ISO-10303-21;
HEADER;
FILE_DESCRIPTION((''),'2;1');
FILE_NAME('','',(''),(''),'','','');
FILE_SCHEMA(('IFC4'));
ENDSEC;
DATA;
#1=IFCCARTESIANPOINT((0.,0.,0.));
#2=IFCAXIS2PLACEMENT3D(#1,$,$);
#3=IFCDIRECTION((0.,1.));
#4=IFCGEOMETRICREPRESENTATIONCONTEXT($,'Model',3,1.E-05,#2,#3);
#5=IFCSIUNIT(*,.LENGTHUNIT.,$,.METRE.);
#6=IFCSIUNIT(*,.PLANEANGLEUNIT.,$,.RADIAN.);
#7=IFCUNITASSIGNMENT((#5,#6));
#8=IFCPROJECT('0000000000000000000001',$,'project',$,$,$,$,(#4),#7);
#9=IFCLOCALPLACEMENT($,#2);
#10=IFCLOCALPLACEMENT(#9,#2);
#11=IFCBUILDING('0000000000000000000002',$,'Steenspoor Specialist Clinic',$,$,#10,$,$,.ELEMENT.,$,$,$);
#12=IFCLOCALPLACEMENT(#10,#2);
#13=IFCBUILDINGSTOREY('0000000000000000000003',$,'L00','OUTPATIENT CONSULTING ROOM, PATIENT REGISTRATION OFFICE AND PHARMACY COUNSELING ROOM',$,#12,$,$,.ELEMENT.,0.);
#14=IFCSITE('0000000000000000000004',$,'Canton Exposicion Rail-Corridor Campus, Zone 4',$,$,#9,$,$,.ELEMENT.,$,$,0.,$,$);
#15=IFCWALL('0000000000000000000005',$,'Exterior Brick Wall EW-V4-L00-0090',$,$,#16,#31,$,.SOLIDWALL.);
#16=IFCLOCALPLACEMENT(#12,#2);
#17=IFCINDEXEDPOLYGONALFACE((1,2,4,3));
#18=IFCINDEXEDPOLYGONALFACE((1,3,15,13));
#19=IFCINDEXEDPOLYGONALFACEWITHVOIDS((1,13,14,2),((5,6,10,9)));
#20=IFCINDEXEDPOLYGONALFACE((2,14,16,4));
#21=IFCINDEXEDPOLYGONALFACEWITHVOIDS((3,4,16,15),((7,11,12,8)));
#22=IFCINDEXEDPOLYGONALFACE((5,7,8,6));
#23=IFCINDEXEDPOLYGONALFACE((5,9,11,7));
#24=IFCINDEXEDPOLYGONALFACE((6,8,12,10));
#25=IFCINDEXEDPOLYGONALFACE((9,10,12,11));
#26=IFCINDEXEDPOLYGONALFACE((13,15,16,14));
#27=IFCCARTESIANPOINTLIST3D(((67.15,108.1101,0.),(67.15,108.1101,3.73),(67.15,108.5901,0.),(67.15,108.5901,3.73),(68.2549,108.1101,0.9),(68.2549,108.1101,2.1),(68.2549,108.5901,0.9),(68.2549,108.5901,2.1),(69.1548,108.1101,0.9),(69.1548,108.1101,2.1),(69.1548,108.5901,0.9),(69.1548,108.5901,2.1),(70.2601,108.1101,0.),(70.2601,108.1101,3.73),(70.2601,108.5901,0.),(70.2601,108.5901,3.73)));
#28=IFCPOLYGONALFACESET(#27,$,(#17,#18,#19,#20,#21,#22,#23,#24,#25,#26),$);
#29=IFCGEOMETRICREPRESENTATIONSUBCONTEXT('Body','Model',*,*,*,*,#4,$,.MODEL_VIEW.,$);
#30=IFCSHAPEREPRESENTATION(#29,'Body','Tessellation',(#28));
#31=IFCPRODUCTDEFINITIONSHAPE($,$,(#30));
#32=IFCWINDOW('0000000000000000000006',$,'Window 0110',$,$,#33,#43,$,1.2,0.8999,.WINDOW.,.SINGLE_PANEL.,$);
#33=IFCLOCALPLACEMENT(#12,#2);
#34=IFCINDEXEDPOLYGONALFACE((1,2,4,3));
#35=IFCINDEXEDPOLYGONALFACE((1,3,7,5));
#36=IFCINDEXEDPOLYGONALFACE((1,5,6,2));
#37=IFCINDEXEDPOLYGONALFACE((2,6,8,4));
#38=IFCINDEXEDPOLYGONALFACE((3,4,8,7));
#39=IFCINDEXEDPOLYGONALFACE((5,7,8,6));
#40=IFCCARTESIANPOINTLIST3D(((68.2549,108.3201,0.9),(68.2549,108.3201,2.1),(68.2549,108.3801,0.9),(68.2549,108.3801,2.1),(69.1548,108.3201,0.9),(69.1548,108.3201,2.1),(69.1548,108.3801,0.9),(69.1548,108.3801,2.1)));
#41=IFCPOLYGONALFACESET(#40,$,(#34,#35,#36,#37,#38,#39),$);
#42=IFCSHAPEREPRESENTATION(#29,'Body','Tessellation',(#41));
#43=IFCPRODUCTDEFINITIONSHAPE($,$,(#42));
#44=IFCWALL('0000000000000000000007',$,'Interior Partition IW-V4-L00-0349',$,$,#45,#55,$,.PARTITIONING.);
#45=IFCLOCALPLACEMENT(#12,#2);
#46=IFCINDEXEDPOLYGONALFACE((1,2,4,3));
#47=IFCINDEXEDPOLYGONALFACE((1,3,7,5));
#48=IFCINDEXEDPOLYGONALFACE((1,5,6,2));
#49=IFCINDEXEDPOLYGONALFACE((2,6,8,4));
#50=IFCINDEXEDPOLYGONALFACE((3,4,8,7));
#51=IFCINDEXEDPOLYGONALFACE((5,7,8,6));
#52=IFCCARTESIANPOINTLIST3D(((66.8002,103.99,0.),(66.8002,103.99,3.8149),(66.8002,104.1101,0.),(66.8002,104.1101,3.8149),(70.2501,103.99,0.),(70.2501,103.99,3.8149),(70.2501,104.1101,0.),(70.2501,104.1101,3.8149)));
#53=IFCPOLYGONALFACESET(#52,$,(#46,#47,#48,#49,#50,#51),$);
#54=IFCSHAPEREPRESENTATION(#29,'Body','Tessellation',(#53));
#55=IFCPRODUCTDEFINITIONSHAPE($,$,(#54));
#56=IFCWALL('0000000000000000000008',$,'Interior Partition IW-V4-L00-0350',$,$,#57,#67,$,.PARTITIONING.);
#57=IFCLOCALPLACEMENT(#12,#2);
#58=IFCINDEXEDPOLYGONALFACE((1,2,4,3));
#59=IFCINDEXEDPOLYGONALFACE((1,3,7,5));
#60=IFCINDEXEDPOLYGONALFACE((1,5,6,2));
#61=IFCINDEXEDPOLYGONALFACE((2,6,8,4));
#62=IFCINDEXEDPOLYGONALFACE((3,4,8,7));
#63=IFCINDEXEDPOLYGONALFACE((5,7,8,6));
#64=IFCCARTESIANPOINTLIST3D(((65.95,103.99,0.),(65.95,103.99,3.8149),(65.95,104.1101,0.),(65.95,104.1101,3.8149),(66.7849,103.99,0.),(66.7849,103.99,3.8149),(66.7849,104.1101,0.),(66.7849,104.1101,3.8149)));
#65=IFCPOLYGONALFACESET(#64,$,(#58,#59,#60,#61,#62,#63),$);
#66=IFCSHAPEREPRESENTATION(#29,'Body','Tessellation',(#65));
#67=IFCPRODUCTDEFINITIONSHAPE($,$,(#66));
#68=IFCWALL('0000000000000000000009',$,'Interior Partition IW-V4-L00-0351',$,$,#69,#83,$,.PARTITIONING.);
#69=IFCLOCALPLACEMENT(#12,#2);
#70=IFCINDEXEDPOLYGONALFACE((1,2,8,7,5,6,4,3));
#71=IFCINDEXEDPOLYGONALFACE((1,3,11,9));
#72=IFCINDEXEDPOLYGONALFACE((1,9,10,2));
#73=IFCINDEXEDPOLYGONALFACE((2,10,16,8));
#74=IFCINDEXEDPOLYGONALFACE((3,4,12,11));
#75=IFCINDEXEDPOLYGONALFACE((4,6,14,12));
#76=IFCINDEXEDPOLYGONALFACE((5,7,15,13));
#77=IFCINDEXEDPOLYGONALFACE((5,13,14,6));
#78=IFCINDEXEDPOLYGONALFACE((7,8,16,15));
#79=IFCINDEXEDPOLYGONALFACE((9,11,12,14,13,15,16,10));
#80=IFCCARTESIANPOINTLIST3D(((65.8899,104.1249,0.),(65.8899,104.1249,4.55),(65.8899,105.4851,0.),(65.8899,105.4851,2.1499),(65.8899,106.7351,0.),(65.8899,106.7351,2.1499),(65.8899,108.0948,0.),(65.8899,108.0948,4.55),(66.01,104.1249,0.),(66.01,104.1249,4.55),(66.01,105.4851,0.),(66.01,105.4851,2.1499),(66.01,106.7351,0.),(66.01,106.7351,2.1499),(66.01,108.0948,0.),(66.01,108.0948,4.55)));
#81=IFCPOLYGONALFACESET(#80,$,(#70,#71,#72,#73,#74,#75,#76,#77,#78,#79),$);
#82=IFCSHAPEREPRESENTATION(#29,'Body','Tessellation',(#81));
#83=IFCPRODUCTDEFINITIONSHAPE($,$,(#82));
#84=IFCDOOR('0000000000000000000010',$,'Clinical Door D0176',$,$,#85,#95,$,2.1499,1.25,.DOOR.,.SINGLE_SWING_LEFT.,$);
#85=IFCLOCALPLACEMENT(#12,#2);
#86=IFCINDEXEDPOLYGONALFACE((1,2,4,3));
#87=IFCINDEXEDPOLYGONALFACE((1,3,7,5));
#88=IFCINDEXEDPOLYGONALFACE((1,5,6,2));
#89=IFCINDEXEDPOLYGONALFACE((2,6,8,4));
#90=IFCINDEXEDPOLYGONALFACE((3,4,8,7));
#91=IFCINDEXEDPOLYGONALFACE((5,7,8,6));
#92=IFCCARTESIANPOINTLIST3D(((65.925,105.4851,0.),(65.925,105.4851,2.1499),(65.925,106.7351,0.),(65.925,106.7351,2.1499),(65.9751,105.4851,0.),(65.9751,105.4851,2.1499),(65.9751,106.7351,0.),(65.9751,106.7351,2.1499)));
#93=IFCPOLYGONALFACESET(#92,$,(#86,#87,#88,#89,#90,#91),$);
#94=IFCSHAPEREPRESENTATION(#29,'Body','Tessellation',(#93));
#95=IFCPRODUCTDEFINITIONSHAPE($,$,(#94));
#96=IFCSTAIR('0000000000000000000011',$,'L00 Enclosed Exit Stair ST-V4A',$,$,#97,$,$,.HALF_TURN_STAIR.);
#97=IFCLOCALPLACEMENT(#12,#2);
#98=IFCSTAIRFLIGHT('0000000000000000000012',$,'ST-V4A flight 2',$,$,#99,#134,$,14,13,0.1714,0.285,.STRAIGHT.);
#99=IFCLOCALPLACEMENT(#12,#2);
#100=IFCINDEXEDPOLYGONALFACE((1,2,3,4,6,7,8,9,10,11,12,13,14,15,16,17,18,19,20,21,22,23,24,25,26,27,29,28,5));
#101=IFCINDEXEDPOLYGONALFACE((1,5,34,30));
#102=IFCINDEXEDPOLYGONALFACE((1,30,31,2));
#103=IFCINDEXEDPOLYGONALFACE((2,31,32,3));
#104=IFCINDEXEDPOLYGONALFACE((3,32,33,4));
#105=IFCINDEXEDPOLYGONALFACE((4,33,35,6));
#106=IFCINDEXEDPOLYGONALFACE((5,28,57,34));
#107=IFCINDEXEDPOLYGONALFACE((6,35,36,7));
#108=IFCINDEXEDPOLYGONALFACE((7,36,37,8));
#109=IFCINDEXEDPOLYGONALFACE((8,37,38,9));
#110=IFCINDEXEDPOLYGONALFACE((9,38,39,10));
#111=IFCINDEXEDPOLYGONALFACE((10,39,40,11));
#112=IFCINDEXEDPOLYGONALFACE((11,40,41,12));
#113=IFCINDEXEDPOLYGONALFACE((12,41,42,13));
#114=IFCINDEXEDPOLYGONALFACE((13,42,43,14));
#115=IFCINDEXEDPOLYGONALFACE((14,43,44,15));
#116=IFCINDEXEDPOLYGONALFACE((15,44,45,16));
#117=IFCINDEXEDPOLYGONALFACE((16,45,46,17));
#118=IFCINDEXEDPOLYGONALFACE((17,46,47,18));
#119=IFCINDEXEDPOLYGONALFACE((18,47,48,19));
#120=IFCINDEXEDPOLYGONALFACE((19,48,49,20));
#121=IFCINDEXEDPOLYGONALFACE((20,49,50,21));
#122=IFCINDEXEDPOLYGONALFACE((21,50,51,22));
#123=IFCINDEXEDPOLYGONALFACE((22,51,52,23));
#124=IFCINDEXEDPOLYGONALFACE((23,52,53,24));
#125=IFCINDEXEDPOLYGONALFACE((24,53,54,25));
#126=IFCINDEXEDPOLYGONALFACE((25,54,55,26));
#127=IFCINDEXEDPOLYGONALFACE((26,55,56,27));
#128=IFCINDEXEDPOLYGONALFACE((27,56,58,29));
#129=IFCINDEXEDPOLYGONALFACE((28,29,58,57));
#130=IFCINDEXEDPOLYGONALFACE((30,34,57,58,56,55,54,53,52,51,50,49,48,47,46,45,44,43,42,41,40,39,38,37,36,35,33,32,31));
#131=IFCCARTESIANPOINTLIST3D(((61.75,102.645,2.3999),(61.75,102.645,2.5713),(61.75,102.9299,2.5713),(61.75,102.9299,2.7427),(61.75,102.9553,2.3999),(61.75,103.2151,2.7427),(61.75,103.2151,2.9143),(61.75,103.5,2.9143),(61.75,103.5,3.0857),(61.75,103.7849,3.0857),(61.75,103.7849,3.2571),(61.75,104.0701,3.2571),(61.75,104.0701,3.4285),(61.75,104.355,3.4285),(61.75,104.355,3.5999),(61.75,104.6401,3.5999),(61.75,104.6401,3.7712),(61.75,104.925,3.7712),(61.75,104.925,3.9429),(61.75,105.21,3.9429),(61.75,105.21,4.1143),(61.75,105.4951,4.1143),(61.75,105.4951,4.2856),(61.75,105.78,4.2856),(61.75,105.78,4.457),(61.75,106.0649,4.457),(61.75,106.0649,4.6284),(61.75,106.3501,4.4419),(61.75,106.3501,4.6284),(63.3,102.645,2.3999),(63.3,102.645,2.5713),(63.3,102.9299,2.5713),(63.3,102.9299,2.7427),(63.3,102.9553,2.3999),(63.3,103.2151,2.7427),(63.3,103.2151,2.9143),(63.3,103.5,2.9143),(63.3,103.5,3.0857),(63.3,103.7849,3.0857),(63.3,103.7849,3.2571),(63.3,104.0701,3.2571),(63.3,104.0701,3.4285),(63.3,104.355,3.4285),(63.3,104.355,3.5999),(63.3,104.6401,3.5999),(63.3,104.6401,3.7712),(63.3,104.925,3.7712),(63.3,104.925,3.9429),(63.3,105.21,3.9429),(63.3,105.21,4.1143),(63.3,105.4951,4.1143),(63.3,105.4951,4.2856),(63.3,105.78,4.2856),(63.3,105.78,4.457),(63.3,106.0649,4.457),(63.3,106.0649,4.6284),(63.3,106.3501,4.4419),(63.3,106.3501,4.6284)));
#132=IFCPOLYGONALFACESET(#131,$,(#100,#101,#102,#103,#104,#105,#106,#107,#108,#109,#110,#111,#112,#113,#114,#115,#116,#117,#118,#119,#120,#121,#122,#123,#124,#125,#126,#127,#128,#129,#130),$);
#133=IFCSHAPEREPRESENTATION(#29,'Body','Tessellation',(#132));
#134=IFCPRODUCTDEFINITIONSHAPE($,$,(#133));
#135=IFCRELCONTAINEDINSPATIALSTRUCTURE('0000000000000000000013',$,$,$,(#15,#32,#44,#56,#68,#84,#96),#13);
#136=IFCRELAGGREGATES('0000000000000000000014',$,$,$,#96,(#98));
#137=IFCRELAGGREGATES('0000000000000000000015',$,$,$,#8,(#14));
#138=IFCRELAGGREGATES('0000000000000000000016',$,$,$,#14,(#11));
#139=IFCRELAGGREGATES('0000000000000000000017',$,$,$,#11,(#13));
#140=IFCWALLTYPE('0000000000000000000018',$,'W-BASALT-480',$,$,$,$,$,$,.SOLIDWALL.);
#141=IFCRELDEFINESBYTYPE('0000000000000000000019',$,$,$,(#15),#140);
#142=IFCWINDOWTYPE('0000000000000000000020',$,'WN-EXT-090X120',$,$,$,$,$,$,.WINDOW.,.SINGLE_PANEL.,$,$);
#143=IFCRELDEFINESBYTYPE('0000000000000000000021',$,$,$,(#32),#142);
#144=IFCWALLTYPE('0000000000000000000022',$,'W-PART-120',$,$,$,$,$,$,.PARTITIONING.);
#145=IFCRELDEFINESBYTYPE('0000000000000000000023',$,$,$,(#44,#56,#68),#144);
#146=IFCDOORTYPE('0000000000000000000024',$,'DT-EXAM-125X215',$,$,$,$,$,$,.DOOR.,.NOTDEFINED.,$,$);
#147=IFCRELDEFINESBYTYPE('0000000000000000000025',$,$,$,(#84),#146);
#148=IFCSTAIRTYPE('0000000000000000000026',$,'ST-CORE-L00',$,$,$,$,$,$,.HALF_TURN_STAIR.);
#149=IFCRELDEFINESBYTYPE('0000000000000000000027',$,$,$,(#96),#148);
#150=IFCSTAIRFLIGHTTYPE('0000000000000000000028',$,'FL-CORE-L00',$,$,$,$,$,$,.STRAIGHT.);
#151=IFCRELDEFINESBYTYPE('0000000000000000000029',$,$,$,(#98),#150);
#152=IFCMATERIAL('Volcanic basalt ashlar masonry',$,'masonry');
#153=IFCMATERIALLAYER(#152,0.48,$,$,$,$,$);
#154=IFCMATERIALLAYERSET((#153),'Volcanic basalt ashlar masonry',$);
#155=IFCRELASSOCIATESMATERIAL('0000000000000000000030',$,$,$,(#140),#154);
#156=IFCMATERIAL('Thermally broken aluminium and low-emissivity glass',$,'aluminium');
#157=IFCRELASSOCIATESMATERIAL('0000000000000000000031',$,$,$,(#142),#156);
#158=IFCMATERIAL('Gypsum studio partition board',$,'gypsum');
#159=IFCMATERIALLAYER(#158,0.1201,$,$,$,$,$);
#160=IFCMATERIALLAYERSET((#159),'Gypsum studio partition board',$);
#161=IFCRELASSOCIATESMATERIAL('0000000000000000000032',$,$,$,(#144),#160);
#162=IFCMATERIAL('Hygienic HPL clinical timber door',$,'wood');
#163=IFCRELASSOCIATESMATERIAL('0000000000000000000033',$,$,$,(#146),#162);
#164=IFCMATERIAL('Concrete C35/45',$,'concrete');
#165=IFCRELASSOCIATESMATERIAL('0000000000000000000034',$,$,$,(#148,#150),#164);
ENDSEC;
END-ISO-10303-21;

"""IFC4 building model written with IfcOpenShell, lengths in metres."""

from ifc_helpers import new_model, si_unit, direction, frame, frame_2d, origin, place, context, subcontext, project, spatial, polyline, rectangle, outline, extrude, material, layer, layer_set, type_object, element, fill, aggregate, save


model = new_model("IFC4")

# Units and contexts
model_context = context("Model", 3, precision=1e-05, world=origin(), true_north=direction((0.0, 1.0)))
body_context = subcontext(model_context, "Body", "Model", "MODEL_VIEW")
ifc_project = project(units=[si_unit("LENGTHUNIT", "METRE"), si_unit("PLANEANGLEUNIT", "RADIAN")], contexts=[model_context])

# Site, building, storey
site_placement = place(None, origin())
site = spatial("IfcSite", under=ifc_project, at=site_placement, Name="Canton Exposicion Rail-Corridor Campus, Zone 4", CompositionType="ELEMENT", RefElevation=0.0)
building_placement = place(site_placement, origin())
building = spatial("IfcBuilding", under=site, at=building_placement, Name="Steenspoor Specialist Clinic", CompositionType="ELEMENT")
storey_placement = place(building_placement, origin())
storey = spatial("IfcBuildingStorey", under=building, at=storey_placement, Name="L00", Description="OUTPATIENT CONSULTING ROOM, PATIENT REGISTRATION OFFICE AND PHARMACY COUNSELING ROOM", CompositionType="ELEMENT", Elevation=0.0)

# Shared definitions
ifc_material_1 = material(Name="Concrete C35/45", Category="concrete")

# Wall, opening, window
ifc_material_2 = material(Name="Volcanic basalt ashlar masonry", Category="masonry")
ifc_layer_1 = layer(ifc_material_2, 0.48)
ifc_layer_set_1 = layer_set([ifc_layer_1], Name="Volcanic basalt ashlar masonry")
wall_type_1 = type_object("IfcWallType", Name="W-BASALT-480", PredefinedType="SOLIDWALL", material=ifc_layer_set_1)
ifc_material_3 = material(Name="Thermally broken aluminium and low-emissivity glass", Category="aluminium")
window_type = type_object("IfcWindowType", Name="WN-EXT-090X120", PartitioningType="SINGLE_PANEL", PredefinedType="WINDOW", material=ifc_material_3)
wall_1_placement = place(storey_placement, frame((67.1499, 108.3501, 0.0), z_axis=(0.0, 0.0, 1.0), x_axis=(1.0, 0.0, 0.0)))
wall_1 = element("IfcWall", 1, at=wall_1_placement, inside=storey, type_object=wall_type_1, Name="Exterior Brick Wall EW-V4-L00-0090", PredefinedType="SOLIDWALL", context=body_context, shape_type="SweptSolid", body=[
    extrude(rectangle(XDim=3.1101, YDim=0.48, at=frame_2d((1.5552, 0.0))), origin(), (0.0, 0.0, 1.0), 3.73),
])
opening_1_placement = place(wall_1_placement, frame((1.105, 0.0, 0.8999)))
opening_1 = element("IfcOpeningElement", 2, at=opening_1_placement, cuts=wall_1, PredefinedType="OPENING", context=body_context, shape_type="SweptSolid", body=[
    extrude(rectangle(XDim=0.8999, YDim=1.2, at=frame_2d((0.45, 0.6001))), frame((0.0, 0.25, 0.0), z_axis=(0.0, -1.0, 0.0), x_axis=(1.0, 0.0, 0.0)), (0.0, 0.0, 1.0), 0.5),
])
window_1_placement = place(opening_1_placement, origin())
window_1 = element("IfcWindow", 3, at=window_1_placement, inside=storey, type_object=window_type, Name="Window 0110", OverallHeight=1.2, OverallWidth=0.8999, PartitioningType="SINGLE_PANEL", PredefinedType="WINDOW", context=body_context, shape_type="SweptSolid", body=[
    extrude(rectangle(XDim=0.8999, YDim=1.2, at=frame_2d((0.45, 0.6001))), frame((0.0, 0.03, 0.0), z_axis=(0.0, -1.0, 0.0), x_axis=(1.0, 0.0, 0.0)), (0.0, 0.0, 1.0), 0.0601),
])
fill(opening_1, window_1)

# Walls
ifc_material_4 = material(Name="Gypsum studio partition board", Category="gypsum")
ifc_layer_2 = layer(ifc_material_4, 0.1201)
ifc_layer_set_2 = layer_set([ifc_layer_2], Name="Gypsum studio partition board")
wall_type_2 = type_object("IfcWallType", Name="W-PART-120", PredefinedType="PARTITIONING", material=ifc_layer_set_2)
wall_2_placement = place(storey_placement, frame((66.8, 104.05, 0.0), z_axis=(0.0, 0.0, 1.0), x_axis=(1.0, 0.0, 0.0)))
element("IfcWall", 4, at=wall_2_placement, inside=storey, type_object=wall_type_2, Name="Interior Partition IW-V4-L00-0349", PredefinedType="PARTITIONING", context=body_context, shape_type="SweptSolid", body=[
    extrude(rectangle(XDim=3.45, YDim=0.1201, at=frame_2d((1.7251, 0.0))), origin(), (0.0, 0.0, 1.0), 3.8149),
])
wall_3_placement = place(storey_placement, frame((65.95, 104.05, 0.0), z_axis=(0.0, 0.0, 1.0), x_axis=(1.0, 0.0, 0.0)))
element("IfcWall", 5, at=wall_3_placement, inside=storey, type_object=wall_type_2, Name="Interior Partition IW-V4-L00-0350", PredefinedType="PARTITIONING", context=body_context, shape_type="SweptSolid", body=[
    extrude(rectangle(XDim=0.835, YDim=0.1201, at=frame_2d((0.4175, 0.0))), origin(), (0.0, 0.0, 1.0), 3.8149),
])

# Wall, opening, door
wall_4_placement = place(storey_placement, frame((65.95, 104.125, 0.0), z_axis=(0.0, 0.0, 1.0), x_axis=(0.0, 1.0, 0.0)))
wall_4 = element("IfcWall", 6, at=wall_4_placement, inside=storey, type_object=wall_type_2, Name="Interior Partition IW-V4-L00-0351", PredefinedType="PARTITIONING", context=body_context, shape_type="SweptSolid", body=[
    extrude(rectangle(XDim=3.97, YDim=0.1201, at=frame_2d((1.9849, 0.0))), origin(), (0.0, 0.0, 1.0), 4.55),
])
opening_2_placement = place(wall_4_placement, frame((1.3601, 0.0, 0.0)))
opening_2 = element("IfcOpeningElement", 7, at=opening_2_placement, cuts=wall_4, PredefinedType="OPENING", context=body_context, shape_type="SweptSolid", body=[
    extrude(rectangle(XDim=1.25, YDim=2.1499, at=frame_2d((0.625, 1.075))), frame((0.0, 0.0701, 0.0), z_axis=(0.0, -1.0, 0.0), x_axis=(1.0, 0.0, 0.0)), (0.0, 0.0, 1.0), 0.1401),
])
ifc_material_5 = material(Name="Hygienic HPL clinical timber door", Category="wood")
door_type = type_object("IfcDoorType", Name="DT-EXAM-125X215", OperationType="NOTDEFINED", PredefinedType="DOOR", material=ifc_material_5)
door_placement = place(opening_2_placement, origin())
door = element("IfcDoor", 8, at=door_placement, inside=storey, type_object=door_type, Name="Clinical Door D0176", OperationType="SINGLE_SWING_LEFT", OverallHeight=2.1499, OverallWidth=1.25, PredefinedType="DOOR", context=body_context, shape_type="SweptSolid", body=[
    extrude(rectangle(XDim=1.25, YDim=2.1499, at=frame_2d((0.625, 1.075))), frame((0.0, 0.0249, 0.0), z_axis=(0.0, -1.0, 0.0), x_axis=(1.0, 0.0, 0.0)), (0.0, 0.0, 1.0), 0.05),
])
fill(opening_2, door)

# Stair, stair flight
stair_type = type_object("IfcStairType", Name="ST-CORE-L00", PredefinedType="HALF_TURN_STAIR", material=ifc_material_1)
stair_placement = place(storey_placement, origin())
stair = element("IfcStair", 9, at=stair_placement, inside=storey, type_object=stair_type, Name="L00 Enclosed Exit Stair ST-V4A", PredefinedType="HALF_TURN_STAIR")
stair_flight_type = type_object("IfcStairFlightType", Name="FL-CORE-L00", PredefinedType="STRAIGHT", material=ifc_material_1)
stair_flight_placement = place(storey_placement, frame((62.5249, 102.645, 2.3999), z_axis=(0.0, 0.0, 1.0), x_axis=(0.0, 1.0, 0.0)))
stair_flight = element("IfcStairFlight", 10, at=stair_flight_placement, type_object=stair_flight_type, Name="ST-V4A flight 2", NumberOfRisers=14, NumberOfTreads=13, PredefinedType="STRAIGHT", RiserHeight=0.1714, TreadLength=0.285, context=body_context, shape_type="SweptSolid", body=[
    extrude(outline(polyline([(0.0, 0.0), (0.0, 0.1714), (0.2849, 0.1714), (0.2849, 0.3428), (0.5701, 0.3428), (0.5701, 0.5144), (0.855, 0.5144), (0.855, 0.6858), (1.1399, 0.6858), (1.1399, 0.8572), (1.425, 0.8572), (1.425, 1.0286), (1.71, 1.0286), (1.71, 1.2), (1.9951, 1.2), (1.9951, 1.3713), (2.28, 1.3713), (2.28, 1.543), (2.5649, 1.543), (2.5649, 1.7144), (2.8501, 1.7144), (2.8501, 1.8857), (3.135, 1.8857), (3.135, 2.0571), (3.4199, 2.0571), (3.4199, 2.2285), (3.7051, 2.2285), (3.7051, 2.3999), (3.7051, 2.042), (0.3103, 0.0), (0.0, 0.0)])), frame((0.0, 0.7749, 0.0), z_axis=(0.0, -1.0, 0.0), x_axis=(1.0, 0.0, 0.0)), (0.0, 0.0, 1.0), 1.55),
])
aggregate(stair, [stair_flight])

save(model, "model.ifc")
